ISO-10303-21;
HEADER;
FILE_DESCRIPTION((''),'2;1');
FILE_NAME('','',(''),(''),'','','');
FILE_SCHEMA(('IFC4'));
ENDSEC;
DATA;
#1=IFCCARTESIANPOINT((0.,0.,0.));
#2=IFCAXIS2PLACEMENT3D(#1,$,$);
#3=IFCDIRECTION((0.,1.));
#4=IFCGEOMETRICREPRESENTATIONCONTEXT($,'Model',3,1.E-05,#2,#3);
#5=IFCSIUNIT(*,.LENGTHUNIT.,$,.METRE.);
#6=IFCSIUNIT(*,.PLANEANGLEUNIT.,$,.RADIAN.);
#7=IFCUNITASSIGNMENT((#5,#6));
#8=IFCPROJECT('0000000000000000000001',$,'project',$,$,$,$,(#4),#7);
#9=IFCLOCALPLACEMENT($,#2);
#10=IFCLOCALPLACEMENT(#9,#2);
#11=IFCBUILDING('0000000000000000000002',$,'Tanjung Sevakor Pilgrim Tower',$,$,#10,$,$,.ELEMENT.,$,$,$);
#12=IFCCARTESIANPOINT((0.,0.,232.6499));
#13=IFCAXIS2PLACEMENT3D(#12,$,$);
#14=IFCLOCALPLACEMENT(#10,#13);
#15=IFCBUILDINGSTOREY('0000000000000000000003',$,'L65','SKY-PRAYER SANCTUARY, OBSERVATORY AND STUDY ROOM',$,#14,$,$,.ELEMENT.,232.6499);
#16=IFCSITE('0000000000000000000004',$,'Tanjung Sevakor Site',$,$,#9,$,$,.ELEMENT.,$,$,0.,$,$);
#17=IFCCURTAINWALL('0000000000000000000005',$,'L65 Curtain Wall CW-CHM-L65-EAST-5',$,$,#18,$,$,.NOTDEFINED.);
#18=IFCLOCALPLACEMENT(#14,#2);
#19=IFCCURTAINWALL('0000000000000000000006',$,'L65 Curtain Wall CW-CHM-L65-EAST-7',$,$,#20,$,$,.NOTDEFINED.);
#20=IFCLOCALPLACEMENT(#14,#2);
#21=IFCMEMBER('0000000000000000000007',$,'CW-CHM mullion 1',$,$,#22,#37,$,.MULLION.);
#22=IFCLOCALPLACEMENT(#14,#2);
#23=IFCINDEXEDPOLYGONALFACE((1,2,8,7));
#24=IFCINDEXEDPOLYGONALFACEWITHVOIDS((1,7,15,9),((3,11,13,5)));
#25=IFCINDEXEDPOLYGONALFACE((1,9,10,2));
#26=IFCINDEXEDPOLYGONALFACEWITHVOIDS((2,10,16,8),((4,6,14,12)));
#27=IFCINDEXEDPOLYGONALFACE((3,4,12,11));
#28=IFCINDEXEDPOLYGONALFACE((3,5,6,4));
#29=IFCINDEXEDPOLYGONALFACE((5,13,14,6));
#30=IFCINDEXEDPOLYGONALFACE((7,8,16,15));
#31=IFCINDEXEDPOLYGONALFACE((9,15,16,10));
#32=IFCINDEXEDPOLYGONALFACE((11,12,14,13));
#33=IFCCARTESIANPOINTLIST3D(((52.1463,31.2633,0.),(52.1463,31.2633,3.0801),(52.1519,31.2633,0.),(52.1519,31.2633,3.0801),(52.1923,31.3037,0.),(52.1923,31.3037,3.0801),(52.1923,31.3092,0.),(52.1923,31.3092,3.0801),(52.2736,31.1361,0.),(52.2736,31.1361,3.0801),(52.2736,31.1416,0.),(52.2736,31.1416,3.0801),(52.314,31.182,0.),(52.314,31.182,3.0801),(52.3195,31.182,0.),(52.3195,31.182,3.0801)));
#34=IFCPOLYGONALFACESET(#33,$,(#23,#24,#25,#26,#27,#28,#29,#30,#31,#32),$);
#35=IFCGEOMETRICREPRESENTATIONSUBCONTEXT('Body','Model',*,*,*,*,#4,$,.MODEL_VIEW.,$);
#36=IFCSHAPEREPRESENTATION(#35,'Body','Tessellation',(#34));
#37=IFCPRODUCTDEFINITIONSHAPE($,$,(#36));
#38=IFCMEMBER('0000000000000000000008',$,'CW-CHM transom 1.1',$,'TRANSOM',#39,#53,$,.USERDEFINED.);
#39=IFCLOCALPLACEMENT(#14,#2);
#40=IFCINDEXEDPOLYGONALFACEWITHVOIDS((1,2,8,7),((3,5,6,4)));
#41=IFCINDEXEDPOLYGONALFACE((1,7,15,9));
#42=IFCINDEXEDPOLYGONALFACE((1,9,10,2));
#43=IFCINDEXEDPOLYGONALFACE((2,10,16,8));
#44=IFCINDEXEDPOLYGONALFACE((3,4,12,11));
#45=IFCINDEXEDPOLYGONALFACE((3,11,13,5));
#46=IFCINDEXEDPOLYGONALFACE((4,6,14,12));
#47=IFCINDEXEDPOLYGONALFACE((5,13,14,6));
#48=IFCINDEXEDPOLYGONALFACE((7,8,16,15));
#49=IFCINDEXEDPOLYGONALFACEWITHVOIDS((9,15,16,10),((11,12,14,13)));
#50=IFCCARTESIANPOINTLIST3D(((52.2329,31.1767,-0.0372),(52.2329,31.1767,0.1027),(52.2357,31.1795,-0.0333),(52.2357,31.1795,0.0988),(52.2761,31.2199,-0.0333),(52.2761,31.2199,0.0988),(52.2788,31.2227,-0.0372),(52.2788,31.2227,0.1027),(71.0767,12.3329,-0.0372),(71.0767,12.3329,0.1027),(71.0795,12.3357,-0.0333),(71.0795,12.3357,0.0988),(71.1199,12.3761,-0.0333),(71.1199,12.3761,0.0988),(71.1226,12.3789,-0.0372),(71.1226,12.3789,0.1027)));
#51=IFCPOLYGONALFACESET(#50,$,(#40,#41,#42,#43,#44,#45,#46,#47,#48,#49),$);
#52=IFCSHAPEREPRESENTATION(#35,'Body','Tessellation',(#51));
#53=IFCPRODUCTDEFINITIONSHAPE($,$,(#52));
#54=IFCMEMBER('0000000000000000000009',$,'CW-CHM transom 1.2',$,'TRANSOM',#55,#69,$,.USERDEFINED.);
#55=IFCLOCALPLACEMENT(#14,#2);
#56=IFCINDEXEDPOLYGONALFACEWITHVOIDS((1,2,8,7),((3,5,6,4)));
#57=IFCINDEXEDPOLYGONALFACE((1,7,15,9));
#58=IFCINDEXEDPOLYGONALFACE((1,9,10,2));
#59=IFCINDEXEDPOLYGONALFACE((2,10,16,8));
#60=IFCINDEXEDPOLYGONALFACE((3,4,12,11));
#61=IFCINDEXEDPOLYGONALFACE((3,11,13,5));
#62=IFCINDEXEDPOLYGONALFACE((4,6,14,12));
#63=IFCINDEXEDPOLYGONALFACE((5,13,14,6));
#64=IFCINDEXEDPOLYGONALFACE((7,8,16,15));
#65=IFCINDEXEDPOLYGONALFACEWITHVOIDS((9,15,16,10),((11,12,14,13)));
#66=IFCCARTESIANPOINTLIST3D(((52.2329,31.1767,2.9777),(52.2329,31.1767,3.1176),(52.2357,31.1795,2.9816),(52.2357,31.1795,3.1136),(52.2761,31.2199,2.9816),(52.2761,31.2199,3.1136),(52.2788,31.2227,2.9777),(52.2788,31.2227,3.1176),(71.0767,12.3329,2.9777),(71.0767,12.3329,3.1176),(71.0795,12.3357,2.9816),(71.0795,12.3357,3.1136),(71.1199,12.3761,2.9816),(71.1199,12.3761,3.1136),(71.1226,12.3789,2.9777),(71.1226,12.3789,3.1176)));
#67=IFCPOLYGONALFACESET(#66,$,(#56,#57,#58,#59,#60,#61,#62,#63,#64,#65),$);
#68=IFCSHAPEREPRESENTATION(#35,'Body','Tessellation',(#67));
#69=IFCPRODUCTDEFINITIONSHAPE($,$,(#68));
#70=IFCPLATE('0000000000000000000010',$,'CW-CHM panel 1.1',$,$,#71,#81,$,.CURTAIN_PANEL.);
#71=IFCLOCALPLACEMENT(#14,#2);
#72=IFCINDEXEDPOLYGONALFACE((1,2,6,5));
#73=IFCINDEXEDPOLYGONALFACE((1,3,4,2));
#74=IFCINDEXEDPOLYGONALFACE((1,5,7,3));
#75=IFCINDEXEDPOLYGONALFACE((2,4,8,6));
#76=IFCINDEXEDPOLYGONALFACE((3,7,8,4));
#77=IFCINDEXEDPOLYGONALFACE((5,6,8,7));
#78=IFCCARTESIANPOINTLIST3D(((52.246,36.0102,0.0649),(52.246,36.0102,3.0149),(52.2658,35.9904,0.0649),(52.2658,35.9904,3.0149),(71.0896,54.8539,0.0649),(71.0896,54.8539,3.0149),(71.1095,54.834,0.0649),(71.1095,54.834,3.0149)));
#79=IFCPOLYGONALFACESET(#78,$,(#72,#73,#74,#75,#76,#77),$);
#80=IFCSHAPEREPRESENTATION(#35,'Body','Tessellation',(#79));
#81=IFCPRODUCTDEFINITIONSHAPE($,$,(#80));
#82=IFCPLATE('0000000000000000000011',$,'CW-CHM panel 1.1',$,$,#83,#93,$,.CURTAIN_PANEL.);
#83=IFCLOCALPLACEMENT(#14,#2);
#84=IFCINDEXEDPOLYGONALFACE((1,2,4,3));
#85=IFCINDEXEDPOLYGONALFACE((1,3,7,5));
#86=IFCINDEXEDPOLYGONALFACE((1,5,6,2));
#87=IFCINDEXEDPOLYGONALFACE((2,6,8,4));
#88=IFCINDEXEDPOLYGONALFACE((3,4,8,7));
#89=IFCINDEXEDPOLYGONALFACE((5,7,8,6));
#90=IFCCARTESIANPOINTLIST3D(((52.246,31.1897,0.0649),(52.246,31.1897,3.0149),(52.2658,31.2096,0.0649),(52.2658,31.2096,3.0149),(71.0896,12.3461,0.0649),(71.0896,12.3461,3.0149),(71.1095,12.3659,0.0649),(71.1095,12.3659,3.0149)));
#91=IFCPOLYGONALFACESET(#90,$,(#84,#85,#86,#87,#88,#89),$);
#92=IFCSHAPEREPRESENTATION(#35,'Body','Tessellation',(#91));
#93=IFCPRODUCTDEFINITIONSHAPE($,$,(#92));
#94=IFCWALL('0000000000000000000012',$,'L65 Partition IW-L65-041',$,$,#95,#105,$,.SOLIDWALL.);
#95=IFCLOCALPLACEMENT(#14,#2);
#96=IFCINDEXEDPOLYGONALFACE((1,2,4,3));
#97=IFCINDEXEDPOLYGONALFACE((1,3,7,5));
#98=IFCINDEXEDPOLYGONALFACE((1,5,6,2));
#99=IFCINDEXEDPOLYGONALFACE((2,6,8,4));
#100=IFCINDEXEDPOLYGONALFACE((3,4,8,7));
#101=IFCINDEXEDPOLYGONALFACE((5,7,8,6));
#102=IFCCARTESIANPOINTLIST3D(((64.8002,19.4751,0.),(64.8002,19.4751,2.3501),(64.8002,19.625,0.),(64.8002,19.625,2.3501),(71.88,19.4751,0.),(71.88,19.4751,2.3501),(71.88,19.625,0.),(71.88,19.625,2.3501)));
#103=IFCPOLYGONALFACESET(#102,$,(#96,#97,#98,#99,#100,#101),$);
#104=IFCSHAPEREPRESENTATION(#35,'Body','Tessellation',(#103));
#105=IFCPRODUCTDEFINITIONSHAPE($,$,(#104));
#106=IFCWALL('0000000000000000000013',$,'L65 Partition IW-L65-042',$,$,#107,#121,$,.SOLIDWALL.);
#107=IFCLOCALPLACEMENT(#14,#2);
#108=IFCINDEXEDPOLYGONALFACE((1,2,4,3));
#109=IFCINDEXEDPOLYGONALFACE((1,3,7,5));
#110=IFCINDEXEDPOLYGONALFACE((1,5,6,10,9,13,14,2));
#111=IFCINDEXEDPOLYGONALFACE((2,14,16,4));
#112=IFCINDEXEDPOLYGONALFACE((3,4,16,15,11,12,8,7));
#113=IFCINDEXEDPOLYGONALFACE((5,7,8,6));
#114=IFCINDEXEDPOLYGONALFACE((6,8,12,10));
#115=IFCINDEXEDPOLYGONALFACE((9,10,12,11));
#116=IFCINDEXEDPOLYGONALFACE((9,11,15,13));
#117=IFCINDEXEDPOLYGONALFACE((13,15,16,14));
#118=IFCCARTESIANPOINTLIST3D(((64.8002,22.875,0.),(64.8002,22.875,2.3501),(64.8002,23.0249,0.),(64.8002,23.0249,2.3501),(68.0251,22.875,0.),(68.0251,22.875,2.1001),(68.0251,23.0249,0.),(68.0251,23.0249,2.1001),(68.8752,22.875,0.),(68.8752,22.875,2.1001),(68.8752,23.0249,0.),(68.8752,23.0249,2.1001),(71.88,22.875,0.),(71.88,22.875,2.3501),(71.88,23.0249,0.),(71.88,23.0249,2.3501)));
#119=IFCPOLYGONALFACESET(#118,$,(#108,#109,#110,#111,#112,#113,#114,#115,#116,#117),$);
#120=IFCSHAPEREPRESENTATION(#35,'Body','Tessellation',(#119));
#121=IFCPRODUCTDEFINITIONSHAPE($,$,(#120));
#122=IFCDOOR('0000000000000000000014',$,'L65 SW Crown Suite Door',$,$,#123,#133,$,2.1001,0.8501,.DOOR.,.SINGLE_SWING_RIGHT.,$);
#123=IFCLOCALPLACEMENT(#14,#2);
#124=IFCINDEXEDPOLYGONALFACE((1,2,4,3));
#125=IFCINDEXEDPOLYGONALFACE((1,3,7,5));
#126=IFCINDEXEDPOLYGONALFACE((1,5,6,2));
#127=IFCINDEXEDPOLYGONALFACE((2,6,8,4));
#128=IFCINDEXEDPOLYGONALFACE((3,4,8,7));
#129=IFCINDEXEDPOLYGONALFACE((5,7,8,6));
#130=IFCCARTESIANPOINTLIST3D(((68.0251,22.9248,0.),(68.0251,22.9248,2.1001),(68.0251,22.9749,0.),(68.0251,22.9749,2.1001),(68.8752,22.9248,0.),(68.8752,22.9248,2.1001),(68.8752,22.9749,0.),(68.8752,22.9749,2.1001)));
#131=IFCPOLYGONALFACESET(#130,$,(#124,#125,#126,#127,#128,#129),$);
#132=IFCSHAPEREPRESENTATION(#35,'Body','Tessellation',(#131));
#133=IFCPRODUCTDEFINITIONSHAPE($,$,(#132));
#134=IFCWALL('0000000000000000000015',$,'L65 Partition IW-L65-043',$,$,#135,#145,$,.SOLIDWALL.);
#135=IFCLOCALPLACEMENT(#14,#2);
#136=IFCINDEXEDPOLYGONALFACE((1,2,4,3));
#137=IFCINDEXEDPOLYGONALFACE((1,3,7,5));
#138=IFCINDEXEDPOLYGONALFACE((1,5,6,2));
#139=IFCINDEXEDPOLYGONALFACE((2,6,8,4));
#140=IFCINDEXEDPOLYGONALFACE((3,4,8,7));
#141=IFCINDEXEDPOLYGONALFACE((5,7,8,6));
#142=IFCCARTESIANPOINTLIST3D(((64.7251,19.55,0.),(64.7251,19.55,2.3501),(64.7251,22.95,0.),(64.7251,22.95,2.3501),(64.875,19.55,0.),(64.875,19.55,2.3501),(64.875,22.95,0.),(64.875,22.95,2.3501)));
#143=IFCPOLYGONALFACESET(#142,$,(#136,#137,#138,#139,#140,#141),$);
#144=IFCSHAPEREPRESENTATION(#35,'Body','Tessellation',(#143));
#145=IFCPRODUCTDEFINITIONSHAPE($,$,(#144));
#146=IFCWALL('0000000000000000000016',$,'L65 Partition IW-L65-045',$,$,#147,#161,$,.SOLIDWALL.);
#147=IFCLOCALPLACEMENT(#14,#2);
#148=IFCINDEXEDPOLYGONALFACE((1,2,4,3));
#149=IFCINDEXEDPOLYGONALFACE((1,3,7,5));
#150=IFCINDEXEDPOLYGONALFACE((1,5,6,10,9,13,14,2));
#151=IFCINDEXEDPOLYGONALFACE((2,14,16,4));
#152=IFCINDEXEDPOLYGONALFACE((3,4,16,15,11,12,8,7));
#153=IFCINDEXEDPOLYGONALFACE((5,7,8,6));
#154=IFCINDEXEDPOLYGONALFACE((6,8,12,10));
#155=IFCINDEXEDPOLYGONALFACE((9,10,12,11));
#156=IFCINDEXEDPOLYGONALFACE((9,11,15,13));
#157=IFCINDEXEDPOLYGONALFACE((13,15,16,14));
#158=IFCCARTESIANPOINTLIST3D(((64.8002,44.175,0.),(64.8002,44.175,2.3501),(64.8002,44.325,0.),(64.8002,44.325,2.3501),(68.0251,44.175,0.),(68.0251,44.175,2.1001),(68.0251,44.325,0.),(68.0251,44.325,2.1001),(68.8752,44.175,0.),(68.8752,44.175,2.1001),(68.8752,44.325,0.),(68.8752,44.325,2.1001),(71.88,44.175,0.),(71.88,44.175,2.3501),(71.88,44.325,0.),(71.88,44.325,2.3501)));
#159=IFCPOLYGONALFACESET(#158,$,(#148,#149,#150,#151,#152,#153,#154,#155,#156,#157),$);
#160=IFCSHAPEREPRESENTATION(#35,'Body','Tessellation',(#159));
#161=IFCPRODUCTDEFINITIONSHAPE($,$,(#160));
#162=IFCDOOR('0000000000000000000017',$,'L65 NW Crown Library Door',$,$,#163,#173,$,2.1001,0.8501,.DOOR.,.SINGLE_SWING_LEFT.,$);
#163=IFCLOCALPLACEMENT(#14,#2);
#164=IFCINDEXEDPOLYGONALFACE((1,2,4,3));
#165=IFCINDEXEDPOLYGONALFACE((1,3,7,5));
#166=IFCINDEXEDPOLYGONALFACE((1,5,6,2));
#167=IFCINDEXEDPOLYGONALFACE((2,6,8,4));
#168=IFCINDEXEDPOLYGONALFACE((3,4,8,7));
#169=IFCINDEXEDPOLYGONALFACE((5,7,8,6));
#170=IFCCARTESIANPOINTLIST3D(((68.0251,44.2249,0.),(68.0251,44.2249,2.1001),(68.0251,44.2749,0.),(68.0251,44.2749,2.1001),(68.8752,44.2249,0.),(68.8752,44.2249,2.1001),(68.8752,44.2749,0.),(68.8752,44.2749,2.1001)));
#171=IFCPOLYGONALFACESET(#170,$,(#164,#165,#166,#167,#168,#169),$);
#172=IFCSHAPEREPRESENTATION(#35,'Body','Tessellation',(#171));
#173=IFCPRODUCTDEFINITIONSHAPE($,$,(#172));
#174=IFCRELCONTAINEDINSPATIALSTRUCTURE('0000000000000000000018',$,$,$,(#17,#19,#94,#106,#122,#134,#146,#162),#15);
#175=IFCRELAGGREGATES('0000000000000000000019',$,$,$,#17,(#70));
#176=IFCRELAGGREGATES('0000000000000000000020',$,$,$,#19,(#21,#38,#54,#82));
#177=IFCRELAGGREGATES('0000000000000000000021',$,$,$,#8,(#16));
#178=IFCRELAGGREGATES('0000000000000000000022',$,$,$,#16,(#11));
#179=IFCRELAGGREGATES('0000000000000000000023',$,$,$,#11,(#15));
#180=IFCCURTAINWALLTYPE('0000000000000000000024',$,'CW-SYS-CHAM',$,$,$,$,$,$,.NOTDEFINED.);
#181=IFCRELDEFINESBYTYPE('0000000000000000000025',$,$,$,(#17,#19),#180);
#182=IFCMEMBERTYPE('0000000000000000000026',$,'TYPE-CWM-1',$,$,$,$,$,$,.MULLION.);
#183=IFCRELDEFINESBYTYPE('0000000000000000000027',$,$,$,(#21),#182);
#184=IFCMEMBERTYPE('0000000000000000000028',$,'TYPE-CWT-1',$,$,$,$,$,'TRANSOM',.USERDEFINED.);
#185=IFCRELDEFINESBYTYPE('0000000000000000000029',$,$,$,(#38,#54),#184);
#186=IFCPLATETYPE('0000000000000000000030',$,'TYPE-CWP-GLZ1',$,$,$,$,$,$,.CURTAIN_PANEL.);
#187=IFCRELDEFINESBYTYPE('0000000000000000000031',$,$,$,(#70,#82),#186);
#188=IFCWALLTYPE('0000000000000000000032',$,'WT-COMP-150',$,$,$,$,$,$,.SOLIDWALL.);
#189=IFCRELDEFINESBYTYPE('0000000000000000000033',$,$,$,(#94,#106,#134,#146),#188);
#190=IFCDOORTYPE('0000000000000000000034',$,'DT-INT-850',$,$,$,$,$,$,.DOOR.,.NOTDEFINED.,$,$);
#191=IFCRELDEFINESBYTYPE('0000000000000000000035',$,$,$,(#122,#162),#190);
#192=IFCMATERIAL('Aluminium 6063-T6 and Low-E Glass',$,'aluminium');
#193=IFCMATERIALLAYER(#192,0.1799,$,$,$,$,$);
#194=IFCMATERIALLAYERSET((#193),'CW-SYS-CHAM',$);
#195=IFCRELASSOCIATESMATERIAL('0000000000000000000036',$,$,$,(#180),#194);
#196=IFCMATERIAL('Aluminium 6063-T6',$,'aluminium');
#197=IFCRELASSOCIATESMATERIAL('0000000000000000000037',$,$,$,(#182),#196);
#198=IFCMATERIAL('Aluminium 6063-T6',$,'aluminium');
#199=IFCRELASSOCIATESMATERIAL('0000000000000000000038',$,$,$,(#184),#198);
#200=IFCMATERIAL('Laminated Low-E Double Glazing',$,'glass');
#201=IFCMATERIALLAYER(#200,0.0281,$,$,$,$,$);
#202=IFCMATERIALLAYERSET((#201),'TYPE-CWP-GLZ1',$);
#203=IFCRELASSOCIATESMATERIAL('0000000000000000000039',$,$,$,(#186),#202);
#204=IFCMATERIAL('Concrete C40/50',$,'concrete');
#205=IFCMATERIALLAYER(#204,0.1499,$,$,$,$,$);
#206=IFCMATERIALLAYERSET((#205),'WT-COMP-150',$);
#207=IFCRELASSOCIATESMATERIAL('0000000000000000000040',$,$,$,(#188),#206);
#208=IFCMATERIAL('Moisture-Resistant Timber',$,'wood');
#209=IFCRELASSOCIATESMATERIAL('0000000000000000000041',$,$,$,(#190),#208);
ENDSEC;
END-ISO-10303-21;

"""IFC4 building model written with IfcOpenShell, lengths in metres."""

from ifc_helpers import new_model, si_unit, direction, frame, frame_2d, origin, origin_2d, place, context, subcontext, project, spatial, rectangle, hollow_rectangle, extrude, material, layer, layer_set, material_profile, profile_set, type_object, element, fill, aggregate, save


model = new_model("IFC4")

# Units and contexts
model_context = context("Model", 3, precision=1e-05, world=origin(), true_north=direction((0.0, 1.0)))
body_context = subcontext(model_context, "Body", "Model", "MODEL_VIEW")
ifc_project = project(units=[si_unit("LENGTHUNIT", "METRE"), si_unit("PLANEANGLEUNIT", "RADIAN")], contexts=[model_context])

# Site, building, storey
site_placement = place(None, origin())
site = spatial("IfcSite", under=ifc_project, at=site_placement, Name="Tanjung Sevakor Site", CompositionType="ELEMENT", RefElevation=0.0)
building_placement = place(site_placement, origin())
building = spatial("IfcBuilding", under=site, at=building_placement, Name="Tanjung Sevakor Pilgrim Tower", CompositionType="ELEMENT")
storey_placement = place(building_placement, frame((0.0, 0.0, 232.6499)))
storey = spatial("IfcBuildingStorey", under=building, at=storey_placement, Name="L65", Description="SKY-PRAYER SANCTUARY, OBSERVATORY AND STUDY ROOM", CompositionType="ELEMENT", Elevation=232.6499)

# Curtain wall
ifc_material_1 = material(Name="Aluminium 6063-T6 and Low-E Glass", Category="aluminium")
ifc_layer_1 = layer(ifc_material_1, 0.1799)
ifc_layer_set_1 = layer_set([ifc_layer_1], Name="CW-SYS-CHAM")
curtain_wall_type = type_object("IfcCurtainWallType", Name="CW-SYS-CHAM", PredefinedType="NOTDEFINED", material=ifc_layer_set_1)
curtain_wall_1_placement = place(storey_placement, origin())
curtain_wall_1 = element("IfcCurtainWall", 1, at=curtain_wall_1_placement, inside=storey, type_object=curtain_wall_type, Name="L65 Curtain Wall CW-CHM-L65-EAST-5", PredefinedType="NOTDEFINED")
ifc_material_2 = material(Name="Aluminium 6063-T6", Category="aluminium")
ifc_material_profile_1 = material_profile(ifc_material_2, hollow_rectangle(XDim=0.0649, YDim=0.1799, WallThickness=0.0039, at=origin_2d()))
ifc_profile_set_1 = profile_set([ifc_material_profile_1], Name="Aluminium 6063-T6")
member_type_1 = type_object("IfcMemberType", Name="TYPE-CWM-1", PredefinedType="MULLION", material=ifc_profile_set_1)

# Curtain wall, members
curtain_wall_2_placement = place(storey_placement, origin())
curtain_wall_2 = element("IfcCurtainWall", 2, at=curtain_wall_2_placement, inside=storey, type_object=curtain_wall_type, Name="L65 Curtain Wall CW-CHM-L65-EAST-7", PredefinedType="NOTDEFINED")
member_1_placement = place(storey_placement, frame((52.2329, 31.2227, 0.0), z_axis=(0.0, 0.0, 1.0), x_axis=(0.707107, 0.707107, 0.0)))
member_1 = element("IfcMember", 3, at=member_1_placement, type_object=member_type_1, Name="CW-CHM mullion 1", PredefinedType="MULLION", context=body_context, shape_type="SweptSolid", body=[
    extrude(hollow_rectangle(XDim=0.0649, YDim=0.1799, WallThickness=0.0039, at=origin_2d()), origin(), (0.0, 0.0, 1.0), 3.0801),
])
ifc_material_3 = material(Name="Aluminium 6063-T6", Category="aluminium")
ifc_material_profile_2 = material_profile(ifc_material_3, hollow_rectangle(XDim=0.0649, YDim=0.1399, WallThickness=0.0039, at=origin_2d()))
ifc_profile_set_2 = profile_set([ifc_material_profile_2], Name="Aluminium 6063-T6")
member_type_2 = type_object("IfcMemberType", Name="TYPE-CWT-1", ElementType="TRANSOM", PredefinedType="USERDEFINED", material=ifc_profile_set_2)
member_2_placement = place(storey_placement, frame((52.2559, 31.1997, 0.0327), z_axis=(0.707107, -0.707107, 0.0), x_axis=(0.707107, 0.707107, 0.0)))
member_2 = element("IfcMember", 4, at=member_2_placement, type_object=member_type_2, Name="CW-CHM transom 1.1", ObjectType="TRANSOM", PredefinedType="USERDEFINED", context=body_context, shape_type="SweptSolid", body=[
    extrude(hollow_rectangle(XDim=0.0649, YDim=0.1399, WallThickness=0.0039, at=origin_2d()), origin(), (0.0, 0.0, 1.0), 26.6492),
])
member_3_placement = place(storey_placement, frame((52.2559, 31.1997, 3.0476), z_axis=(0.707107, -0.707107, 0.0), x_axis=(0.707107, 0.707107, 0.0)))
member_3 = element("IfcMember", 5, at=member_3_placement, type_object=member_type_2, Name="CW-CHM transom 1.2", ObjectType="TRANSOM", PredefinedType="USERDEFINED", context=body_context, shape_type="SweptSolid", body=[
    extrude(hollow_rectangle(XDim=0.0649, YDim=0.1399, WallThickness=0.0039, at=origin_2d()), origin(), (0.0, 0.0, 1.0), 26.6492),
])

# Plates
ifc_material_4 = material(Name="Laminated Low-E Double Glazing", Category="glass")
ifc_layer_2 = layer(ifc_material_4, 0.0281)
ifc_layer_set_2 = layer_set([ifc_layer_2], Name="TYPE-CWP-GLZ1")
plate_type = type_object("IfcPlateType", Name="TYPE-CWP-GLZ1", PredefinedType="CURTAIN_PANEL", material=ifc_layer_set_2)
plate_1_placement = place(storey_placement, frame((61.6777, 45.4221, 0.0649), z_axis=(0.0, 0.0, 1.0), x_axis=(-0.707107, -0.707107, 0.0)))
plate_1 = element("IfcPlate", 6, at=plate_1_placement, type_object=plate_type, Name="CW-CHM panel 1.1", PredefinedType="CURTAIN_PANEL", context=body_context, shape_type="SweptSolid", body=[
    extrude(rectangle(XDim=26.6489, YDim=0.0281, at=origin_2d()), origin(), (0.0, 0.0, 1.0), 2.95),
])
aggregate(curtain_wall_1, [plate_1])
plate_2_placement = place(storey_placement, frame((61.6777, 21.7778, 0.0649), z_axis=(0.0, 0.0, 1.0), x_axis=(0.707107, -0.707107, 0.0)))
plate_2 = element("IfcPlate", 7, at=plate_2_placement, type_object=plate_type, Name="CW-CHM panel 1.1", PredefinedType="CURTAIN_PANEL", context=body_context, shape_type="SweptSolid", body=[
    extrude(rectangle(XDim=26.6489, YDim=0.0281, at=origin_2d()), origin(), (0.0, 0.0, 1.0), 2.95),
])
aggregate(curtain_wall_2, [member_1, member_2, member_3, plate_2])

# Wall
ifc_material_5 = material(Name="Concrete C40/50", Category="concrete")
ifc_layer_3 = layer(ifc_material_5, 0.1499)
ifc_layer_set_3 = layer_set([ifc_layer_3], Name="WT-COMP-150")
wall_type_1 = type_object("IfcWallType", Name="WT-COMP-150", PredefinedType="SOLIDWALL", material=ifc_layer_set_3)
wall_1_placement = place(storey_placement, frame((64.8, 19.55, 0.0), z_axis=(0.0, 0.0, 1.0), x_axis=(1.0, 0.0, 0.0)))
element("IfcWall", 8, at=wall_1_placement, inside=storey, type_object=wall_type_1, Name="L65 Partition IW-L65-041", PredefinedType="SOLIDWALL", context=body_context, shape_type="SweptSolid", body=[
    extrude(rectangle(XDim=7.0798, YDim=0.1499, at=frame_2d((3.54, 0.0))), origin(), (0.0, 0.0, 1.0), 2.3501),
])

# Wall, opening, door
wall_2_placement = place(storey_placement, frame((64.8, 22.95, 0.0), z_axis=(0.0, 0.0, 1.0), x_axis=(1.0, 0.0, 0.0)))
wall_2 = element("IfcWall", 9, at=wall_2_placement, inside=storey, type_object=wall_type_1, Name="L65 Partition IW-L65-042", PredefinedType="SOLIDWALL", context=body_context, shape_type="SweptSolid", body=[
    extrude(rectangle(XDim=7.0798, YDim=0.1499, at=frame_2d((3.54, 0.0))), origin(), (0.0, 0.0, 1.0), 2.3501),
])
opening_1_placement = place(wall_2_placement, frame((3.2251, 0.0, 0.0)))
opening_1 = element("IfcOpeningElement", 10, at=opening_1_placement, cuts=wall_2, PredefinedType="OPENING", context=body_context, shape_type="SweptSolid", body=[
    extrude(rectangle(XDim=0.8501, YDim=2.1001, at=frame_2d((0.425, 1.05))), frame((0.0, 0.085, 0.0), z_axis=(0.0, -1.0, 0.0), x_axis=(1.0, 0.0, 0.0)), (0.0, 0.0, 1.0), 0.1699),
])
ifc_material_6 = material(Name="Moisture-Resistant Timber", Category="wood")
door_type = type_object("IfcDoorType", Name="DT-INT-850", OperationType="NOTDEFINED", PredefinedType="DOOR", material=ifc_material_6)
door_1_placement = place(opening_1_placement, origin())
door_1 = element("IfcDoor", 11, at=door_1_placement, inside=storey, type_object=door_type, Name="L65 SW Crown Suite Door", OperationType="SINGLE_SWING_RIGHT", OverallHeight=2.1001, OverallWidth=0.8501, PredefinedType="DOOR", context=body_context, shape_type="SweptSolid", body=[
    extrude(rectangle(XDim=0.8501, YDim=2.1001, at=frame_2d((0.425, 1.05))), frame((0.0, 0.0249, 0.0), z_axis=(0.0, -1.0, 0.0), x_axis=(1.0, 0.0, 0.0)), (0.0, 0.0, 1.0), 0.05),
])
fill(opening_1, door_1)

# Wall
wall_3_placement = place(storey_placement, frame((64.8, 19.55, 0.0), z_axis=(0.0, 0.0, 1.0), x_axis=(0.0, 1.0, 0.0)))
element("IfcWall", 12, at=wall_3_placement, inside=storey, type_object=wall_type_1, Name="L65 Partition IW-L65-043", PredefinedType="SOLIDWALL", context=body_context, shape_type="SweptSolid", body=[
    extrude(rectangle(XDim=3.3999, YDim=0.1499, at=frame_2d((1.7, 0.0))), origin(), (0.0, 0.0, 1.0), 2.3501),
])

# Wall, opening, door
wall_4_placement = place(storey_placement, frame((64.8, 44.25, 0.0), z_axis=(0.0, 0.0, 1.0), x_axis=(1.0, 0.0, 0.0)))
wall_4 = element("IfcWall", 13, at=wall_4_placement, inside=storey, type_object=wall_type_1, Name="L65 Partition IW-L65-045", PredefinedType="SOLIDWALL", context=body_context, shape_type="SweptSolid", body=[
    extrude(rectangle(XDim=7.0798, YDim=0.1499, at=frame_2d((3.54, 0.0))), origin(), (0.0, 0.0, 1.0), 2.3501),
])
opening_2_placement = place(wall_4_placement, frame((3.2251, 0.0, 0.0)))
opening_2 = element("IfcOpeningElement", 14, at=opening_2_placement, cuts=wall_4, PredefinedType="OPENING", context=body_context, shape_type="SweptSolid", body=[
    extrude(rectangle(XDim=0.8501, YDim=2.1001, at=frame_2d((0.425, 1.05))), frame((0.0, 0.085, 0.0), z_axis=(0.0, -1.0, 0.0), x_axis=(1.0, 0.0, 0.0)), (0.0, 0.0, 1.0), 0.1699),
])
door_2_placement = place(opening_2_placement, origin())
door_2 = element("IfcDoor", 15, at=door_2_placement, inside=storey, type_object=door_type, Name="L65 NW Crown Library Door", OperationType="SINGLE_SWING_LEFT", OverallHeight=2.1001, OverallWidth=0.8501, PredefinedType="DOOR", context=body_context, shape_type="SweptSolid", body=[
    extrude(rectangle(XDim=0.8501, YDim=2.1001, at=frame_2d((0.425, 1.05))), frame((0.0, 0.0249, 0.0), z_axis=(0.0, -1.0, 0.0), x_axis=(1.0, 0.0, 0.0)), (0.0, 0.0, 1.0), 0.05),
])
fill(opening_2, door_2)

save(model, "model.ifc")
